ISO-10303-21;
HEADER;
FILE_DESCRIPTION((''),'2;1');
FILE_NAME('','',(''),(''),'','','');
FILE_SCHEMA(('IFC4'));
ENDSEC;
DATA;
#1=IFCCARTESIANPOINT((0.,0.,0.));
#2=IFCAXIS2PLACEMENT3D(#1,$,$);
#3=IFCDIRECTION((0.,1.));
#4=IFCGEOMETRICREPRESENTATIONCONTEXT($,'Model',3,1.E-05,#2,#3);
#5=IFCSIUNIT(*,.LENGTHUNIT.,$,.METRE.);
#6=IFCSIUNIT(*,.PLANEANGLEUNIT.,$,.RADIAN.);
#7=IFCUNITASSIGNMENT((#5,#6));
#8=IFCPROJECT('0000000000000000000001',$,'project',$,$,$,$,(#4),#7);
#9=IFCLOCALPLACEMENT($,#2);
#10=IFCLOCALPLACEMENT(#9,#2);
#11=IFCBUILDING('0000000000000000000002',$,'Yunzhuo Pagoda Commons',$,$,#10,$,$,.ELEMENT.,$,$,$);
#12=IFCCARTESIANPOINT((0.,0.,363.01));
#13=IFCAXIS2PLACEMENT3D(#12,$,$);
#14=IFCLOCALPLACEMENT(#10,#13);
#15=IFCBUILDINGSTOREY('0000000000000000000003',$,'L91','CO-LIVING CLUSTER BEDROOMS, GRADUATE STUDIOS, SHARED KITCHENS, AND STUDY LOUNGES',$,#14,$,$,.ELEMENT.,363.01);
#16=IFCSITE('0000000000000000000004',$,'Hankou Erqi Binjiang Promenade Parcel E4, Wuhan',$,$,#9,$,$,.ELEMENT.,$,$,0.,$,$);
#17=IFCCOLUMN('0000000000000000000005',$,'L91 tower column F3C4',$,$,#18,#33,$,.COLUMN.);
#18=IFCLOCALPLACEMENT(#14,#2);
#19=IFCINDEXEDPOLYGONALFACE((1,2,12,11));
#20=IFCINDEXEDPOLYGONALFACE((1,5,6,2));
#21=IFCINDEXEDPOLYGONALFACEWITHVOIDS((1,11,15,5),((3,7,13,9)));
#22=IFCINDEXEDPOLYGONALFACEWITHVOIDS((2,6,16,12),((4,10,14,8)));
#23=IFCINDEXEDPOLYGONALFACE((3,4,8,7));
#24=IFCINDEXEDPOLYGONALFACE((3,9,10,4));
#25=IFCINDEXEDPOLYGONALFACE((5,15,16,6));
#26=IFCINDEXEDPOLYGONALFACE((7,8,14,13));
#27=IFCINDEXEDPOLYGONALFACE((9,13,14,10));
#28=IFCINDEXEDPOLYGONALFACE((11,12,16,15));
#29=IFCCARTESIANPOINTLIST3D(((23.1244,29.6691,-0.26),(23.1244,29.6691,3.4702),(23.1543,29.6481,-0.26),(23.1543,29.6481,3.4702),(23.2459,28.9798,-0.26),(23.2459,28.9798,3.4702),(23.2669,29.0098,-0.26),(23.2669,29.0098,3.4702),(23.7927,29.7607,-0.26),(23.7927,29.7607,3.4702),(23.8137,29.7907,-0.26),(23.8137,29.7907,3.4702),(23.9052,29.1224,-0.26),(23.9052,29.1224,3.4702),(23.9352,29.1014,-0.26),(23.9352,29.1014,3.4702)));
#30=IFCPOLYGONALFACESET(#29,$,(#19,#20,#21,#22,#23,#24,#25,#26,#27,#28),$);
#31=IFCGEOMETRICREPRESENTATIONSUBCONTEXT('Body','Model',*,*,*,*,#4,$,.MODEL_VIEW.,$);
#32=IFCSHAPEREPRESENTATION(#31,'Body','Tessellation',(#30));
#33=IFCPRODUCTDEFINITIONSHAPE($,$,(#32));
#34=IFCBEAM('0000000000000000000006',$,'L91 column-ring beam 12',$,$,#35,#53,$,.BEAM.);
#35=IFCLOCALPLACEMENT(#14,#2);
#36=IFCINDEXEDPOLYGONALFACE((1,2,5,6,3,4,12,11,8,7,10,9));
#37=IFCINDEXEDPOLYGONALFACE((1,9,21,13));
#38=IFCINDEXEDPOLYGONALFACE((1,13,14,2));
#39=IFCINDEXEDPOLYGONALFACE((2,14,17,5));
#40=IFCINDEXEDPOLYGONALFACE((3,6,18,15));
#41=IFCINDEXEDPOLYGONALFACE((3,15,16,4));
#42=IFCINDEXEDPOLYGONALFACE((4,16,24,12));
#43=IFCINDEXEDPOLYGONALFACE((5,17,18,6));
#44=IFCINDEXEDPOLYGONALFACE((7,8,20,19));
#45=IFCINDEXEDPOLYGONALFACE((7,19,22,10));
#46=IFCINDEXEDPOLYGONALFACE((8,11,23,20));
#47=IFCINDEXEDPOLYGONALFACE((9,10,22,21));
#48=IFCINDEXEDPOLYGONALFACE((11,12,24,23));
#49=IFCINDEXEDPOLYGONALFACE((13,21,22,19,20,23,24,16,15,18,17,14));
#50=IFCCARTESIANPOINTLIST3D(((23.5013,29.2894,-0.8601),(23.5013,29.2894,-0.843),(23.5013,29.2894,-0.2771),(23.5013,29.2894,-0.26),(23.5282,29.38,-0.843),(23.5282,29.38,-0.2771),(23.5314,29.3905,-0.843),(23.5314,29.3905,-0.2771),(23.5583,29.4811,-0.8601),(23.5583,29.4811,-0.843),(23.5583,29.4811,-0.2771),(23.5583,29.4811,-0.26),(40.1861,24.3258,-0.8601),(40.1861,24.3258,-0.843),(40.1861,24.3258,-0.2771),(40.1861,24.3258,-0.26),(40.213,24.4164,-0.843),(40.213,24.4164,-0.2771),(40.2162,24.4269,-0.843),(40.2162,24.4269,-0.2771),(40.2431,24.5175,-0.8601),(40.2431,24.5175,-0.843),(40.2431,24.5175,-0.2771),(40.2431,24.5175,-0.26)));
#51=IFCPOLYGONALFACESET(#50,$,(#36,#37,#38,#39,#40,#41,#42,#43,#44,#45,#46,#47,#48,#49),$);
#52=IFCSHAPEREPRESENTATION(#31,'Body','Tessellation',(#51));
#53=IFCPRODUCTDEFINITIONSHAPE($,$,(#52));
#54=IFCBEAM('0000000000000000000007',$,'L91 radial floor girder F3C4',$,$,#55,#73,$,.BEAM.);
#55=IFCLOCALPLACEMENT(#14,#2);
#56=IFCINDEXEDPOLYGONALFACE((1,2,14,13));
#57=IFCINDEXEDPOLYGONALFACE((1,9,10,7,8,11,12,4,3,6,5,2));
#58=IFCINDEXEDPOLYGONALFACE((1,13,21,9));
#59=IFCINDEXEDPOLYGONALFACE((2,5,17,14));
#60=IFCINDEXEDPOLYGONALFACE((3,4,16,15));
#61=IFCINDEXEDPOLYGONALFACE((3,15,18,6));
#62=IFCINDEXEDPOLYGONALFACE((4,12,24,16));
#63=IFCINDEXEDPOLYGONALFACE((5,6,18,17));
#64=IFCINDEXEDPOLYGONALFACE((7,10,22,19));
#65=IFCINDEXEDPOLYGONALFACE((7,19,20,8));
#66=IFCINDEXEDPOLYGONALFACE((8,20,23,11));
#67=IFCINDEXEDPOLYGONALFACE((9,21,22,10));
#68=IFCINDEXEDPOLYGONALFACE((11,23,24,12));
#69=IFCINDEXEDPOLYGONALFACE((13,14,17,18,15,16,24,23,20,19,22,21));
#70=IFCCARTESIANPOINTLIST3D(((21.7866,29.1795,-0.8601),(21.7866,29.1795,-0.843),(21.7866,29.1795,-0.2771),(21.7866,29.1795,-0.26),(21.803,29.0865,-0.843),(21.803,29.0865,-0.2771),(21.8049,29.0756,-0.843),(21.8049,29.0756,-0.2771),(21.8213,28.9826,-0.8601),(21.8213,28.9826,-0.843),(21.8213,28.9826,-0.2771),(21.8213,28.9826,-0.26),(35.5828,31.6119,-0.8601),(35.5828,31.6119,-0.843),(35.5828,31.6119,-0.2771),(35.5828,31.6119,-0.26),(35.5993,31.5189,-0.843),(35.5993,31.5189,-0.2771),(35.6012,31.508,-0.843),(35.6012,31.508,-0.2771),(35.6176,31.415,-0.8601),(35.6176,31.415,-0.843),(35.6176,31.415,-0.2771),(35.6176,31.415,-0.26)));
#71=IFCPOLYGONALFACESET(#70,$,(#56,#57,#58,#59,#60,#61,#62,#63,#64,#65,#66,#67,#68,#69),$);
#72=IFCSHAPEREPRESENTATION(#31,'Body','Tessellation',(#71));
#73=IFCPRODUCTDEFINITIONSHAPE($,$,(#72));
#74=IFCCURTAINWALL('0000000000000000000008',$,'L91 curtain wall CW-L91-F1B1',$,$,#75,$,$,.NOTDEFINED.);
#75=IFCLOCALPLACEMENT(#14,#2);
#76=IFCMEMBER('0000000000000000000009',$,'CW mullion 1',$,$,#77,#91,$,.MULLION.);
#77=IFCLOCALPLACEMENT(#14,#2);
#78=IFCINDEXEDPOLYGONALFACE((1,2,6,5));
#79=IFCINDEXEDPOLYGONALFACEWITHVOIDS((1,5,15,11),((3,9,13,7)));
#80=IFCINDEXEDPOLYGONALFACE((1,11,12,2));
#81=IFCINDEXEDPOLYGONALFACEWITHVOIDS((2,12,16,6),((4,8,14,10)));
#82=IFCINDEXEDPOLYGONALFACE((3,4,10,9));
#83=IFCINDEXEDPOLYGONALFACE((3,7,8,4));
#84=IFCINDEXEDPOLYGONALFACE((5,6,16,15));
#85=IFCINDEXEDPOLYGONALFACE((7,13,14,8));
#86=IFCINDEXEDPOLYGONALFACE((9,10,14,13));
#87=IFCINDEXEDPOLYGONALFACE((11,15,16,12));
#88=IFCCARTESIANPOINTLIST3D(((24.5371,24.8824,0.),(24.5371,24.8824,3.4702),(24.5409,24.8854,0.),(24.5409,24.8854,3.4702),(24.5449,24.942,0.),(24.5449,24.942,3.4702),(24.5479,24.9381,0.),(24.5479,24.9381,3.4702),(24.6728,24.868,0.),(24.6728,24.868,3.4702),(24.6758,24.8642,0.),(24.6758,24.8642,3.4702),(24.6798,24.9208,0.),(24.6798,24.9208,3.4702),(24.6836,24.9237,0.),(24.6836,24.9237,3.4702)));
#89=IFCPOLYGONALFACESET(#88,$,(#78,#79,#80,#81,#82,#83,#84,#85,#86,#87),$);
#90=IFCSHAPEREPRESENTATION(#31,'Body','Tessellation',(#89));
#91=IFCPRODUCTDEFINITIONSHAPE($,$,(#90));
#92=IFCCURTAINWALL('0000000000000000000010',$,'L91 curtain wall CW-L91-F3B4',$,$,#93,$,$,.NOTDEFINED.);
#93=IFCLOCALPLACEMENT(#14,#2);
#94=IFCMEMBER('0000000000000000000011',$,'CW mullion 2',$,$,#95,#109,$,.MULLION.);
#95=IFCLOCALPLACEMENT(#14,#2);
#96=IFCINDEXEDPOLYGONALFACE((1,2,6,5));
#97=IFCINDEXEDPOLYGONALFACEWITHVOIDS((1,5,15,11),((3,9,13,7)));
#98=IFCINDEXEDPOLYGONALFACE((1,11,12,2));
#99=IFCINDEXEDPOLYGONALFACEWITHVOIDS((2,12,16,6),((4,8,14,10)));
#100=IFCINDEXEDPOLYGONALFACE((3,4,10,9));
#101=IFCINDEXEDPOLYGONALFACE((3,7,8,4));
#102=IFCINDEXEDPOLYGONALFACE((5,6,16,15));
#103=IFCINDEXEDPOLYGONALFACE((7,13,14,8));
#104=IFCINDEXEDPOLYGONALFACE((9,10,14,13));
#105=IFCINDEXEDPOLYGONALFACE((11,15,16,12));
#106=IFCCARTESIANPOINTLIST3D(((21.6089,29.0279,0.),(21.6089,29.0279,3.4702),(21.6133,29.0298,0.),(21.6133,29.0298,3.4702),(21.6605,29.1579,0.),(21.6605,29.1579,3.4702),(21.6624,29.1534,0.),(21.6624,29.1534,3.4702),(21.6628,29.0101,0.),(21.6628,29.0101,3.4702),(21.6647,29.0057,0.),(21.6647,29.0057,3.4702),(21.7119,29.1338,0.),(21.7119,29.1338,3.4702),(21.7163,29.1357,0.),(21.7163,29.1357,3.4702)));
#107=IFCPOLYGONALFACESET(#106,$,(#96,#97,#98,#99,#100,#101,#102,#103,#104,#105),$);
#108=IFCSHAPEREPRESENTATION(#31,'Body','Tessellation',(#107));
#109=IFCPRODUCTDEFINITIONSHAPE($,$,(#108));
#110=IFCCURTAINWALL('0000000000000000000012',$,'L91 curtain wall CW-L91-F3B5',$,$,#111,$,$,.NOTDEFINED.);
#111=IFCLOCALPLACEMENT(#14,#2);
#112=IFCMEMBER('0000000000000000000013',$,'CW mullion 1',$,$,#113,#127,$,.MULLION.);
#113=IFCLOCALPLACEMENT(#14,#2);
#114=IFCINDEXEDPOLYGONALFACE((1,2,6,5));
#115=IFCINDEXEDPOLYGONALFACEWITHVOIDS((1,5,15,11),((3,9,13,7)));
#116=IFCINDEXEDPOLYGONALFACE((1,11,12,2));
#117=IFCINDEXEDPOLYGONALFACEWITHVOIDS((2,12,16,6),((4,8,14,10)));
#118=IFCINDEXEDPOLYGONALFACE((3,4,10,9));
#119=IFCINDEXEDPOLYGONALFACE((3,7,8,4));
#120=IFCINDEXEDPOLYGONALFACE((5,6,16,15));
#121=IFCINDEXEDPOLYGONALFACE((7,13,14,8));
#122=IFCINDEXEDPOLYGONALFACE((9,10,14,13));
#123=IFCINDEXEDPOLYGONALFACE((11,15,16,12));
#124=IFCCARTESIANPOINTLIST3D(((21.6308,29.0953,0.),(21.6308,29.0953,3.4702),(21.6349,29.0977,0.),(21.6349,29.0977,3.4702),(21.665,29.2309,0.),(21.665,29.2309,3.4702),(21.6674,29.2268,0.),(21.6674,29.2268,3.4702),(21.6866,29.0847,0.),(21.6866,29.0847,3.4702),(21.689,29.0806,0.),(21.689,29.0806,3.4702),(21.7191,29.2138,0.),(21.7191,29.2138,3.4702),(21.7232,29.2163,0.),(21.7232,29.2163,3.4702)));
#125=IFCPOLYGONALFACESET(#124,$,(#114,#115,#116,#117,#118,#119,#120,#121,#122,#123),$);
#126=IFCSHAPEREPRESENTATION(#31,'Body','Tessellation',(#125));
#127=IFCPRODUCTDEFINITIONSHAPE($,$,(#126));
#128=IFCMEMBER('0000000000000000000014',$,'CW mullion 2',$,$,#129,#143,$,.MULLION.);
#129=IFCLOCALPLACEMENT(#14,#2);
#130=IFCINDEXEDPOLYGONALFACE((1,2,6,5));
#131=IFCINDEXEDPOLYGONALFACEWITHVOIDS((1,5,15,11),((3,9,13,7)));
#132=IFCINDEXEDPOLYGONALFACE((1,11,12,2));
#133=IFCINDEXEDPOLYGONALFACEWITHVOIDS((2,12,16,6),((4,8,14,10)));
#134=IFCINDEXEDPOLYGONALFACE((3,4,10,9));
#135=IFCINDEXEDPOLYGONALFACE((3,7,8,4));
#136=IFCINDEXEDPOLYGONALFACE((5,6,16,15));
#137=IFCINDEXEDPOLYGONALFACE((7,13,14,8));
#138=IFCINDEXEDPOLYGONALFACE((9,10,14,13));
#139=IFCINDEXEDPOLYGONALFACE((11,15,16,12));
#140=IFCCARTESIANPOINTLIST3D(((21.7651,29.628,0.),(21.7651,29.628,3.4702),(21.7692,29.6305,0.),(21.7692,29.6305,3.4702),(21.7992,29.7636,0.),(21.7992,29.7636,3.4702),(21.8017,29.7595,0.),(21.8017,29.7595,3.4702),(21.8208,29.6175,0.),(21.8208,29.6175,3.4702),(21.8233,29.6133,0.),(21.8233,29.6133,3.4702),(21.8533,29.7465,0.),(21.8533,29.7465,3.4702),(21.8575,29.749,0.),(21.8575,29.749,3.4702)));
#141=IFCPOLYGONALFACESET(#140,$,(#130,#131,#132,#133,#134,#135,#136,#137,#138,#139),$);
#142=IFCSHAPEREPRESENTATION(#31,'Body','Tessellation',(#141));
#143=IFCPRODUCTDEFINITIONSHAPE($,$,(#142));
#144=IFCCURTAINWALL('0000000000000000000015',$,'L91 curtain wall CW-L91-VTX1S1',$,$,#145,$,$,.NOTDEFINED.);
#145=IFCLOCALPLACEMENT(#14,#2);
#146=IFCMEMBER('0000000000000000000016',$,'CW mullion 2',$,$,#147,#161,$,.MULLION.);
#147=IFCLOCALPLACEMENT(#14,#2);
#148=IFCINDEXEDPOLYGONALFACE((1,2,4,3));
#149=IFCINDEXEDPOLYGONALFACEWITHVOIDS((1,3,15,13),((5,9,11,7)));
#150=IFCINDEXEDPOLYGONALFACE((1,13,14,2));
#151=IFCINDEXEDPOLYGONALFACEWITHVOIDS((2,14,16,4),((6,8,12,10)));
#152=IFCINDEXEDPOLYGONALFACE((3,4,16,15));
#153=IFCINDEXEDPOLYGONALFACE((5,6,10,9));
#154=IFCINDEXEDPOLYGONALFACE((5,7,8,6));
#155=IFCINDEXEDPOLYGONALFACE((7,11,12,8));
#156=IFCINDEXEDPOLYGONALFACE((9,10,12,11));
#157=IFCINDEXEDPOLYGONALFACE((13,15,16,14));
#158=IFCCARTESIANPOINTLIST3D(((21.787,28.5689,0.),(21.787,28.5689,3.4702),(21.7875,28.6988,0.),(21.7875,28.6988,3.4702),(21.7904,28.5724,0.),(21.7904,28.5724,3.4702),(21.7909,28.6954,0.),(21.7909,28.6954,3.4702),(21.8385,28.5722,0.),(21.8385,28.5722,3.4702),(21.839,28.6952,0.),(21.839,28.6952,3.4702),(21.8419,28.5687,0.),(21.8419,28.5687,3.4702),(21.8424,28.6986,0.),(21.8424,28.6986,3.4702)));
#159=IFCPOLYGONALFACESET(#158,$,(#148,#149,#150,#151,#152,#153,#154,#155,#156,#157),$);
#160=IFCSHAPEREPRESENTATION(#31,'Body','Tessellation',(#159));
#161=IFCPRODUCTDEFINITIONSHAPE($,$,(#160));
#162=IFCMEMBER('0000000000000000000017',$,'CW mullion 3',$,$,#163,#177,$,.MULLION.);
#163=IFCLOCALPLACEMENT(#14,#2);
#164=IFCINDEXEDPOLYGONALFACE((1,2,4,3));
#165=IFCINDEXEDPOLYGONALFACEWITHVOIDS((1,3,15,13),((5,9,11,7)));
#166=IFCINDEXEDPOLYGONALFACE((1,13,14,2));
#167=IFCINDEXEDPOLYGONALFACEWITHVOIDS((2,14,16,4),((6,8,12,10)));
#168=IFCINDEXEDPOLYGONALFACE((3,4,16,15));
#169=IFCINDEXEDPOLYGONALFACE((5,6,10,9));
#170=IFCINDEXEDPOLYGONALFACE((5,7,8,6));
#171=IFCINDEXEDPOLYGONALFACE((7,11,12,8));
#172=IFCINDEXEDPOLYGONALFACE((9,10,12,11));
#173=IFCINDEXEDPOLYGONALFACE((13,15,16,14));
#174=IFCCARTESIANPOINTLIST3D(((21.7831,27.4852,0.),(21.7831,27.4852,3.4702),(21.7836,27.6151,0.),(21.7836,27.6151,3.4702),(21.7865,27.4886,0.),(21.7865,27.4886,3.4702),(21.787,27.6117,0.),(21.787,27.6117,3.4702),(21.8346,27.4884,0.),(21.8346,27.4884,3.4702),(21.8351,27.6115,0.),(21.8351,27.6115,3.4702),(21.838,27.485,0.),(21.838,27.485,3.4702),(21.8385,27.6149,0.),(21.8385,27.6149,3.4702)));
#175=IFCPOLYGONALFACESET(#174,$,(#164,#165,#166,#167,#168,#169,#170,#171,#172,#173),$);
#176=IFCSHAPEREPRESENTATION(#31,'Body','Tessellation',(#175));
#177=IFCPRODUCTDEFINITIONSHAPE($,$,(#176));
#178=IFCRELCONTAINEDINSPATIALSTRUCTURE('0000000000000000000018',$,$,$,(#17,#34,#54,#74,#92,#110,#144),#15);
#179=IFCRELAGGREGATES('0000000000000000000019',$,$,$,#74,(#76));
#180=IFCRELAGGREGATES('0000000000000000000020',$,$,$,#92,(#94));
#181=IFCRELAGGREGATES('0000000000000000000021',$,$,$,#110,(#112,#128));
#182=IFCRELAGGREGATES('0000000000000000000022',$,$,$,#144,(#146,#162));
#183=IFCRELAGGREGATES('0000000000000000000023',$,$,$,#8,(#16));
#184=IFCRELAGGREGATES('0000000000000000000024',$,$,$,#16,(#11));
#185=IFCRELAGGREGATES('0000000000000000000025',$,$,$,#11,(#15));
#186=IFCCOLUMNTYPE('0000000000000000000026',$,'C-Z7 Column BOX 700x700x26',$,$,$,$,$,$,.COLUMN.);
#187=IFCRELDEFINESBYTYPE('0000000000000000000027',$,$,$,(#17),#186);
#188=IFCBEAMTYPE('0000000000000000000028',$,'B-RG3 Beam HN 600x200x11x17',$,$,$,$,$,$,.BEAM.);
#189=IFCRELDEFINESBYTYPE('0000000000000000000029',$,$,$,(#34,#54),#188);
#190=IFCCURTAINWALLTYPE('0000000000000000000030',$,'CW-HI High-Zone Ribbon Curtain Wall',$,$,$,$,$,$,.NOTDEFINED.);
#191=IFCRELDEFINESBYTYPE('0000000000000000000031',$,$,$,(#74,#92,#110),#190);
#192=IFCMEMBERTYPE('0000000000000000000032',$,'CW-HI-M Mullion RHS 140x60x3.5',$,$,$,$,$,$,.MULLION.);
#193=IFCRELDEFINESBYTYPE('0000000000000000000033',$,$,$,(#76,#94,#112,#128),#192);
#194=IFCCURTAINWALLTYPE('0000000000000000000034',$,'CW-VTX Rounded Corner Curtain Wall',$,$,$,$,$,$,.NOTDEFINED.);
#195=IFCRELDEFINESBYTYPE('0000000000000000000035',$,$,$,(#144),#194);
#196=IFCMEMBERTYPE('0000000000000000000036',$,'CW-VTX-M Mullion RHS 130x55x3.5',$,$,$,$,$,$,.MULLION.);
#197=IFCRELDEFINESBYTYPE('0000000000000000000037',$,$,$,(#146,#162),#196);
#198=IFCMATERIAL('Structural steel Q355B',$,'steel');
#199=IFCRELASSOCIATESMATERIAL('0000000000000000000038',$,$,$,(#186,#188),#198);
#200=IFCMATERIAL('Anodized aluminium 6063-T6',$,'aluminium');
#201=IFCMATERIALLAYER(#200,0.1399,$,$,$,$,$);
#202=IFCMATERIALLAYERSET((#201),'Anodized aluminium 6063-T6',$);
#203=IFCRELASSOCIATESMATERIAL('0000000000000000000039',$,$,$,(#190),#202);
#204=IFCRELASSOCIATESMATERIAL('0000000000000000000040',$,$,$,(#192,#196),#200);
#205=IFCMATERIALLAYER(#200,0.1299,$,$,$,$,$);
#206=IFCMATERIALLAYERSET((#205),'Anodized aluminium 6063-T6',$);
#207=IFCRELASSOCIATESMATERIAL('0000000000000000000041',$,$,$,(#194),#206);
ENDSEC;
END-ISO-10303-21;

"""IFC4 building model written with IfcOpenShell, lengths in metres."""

from ifc_helpers import new_model, si_unit, direction, frame, origin, origin_2d, place, context, subcontext, project, spatial, hollow_rectangle, i_section, extrude, source, transform, mapped, material, layer, layer_set, material_profile, profile_set, type_object, element, aggregate, save


model = new_model("IFC4")

# Units and contexts
model_context = context("Model", 3, precision=1e-05, world=origin(), true_north=direction((0.0, 1.0)))
body_context = subcontext(model_context, "Body", "Model", "MODEL_VIEW")
ifc_project = project(units=[si_unit("LENGTHUNIT", "METRE"), si_unit("PLANEANGLEUNIT", "RADIAN")], contexts=[model_context])

# Site, building, storey
site_placement = place(None, origin())
site = spatial("IfcSite", under=ifc_project, at=site_placement, Name="Hankou Erqi Binjiang Promenade Parcel E4, Wuhan", CompositionType="ELEMENT", RefElevation=0.0)
building_placement = place(site_placement, origin())
building = spatial("IfcBuilding", under=site, at=building_placement, Name="Yunzhuo Pagoda Commons", CompositionType="ELEMENT")
storey_placement = place(building_placement, frame((0.0, 0.0, 363.01)))
storey = spatial("IfcBuildingStorey", under=building, at=storey_placement, Name="L91", Description="CO-LIVING CLUSTER BEDROOMS, GRADUATE STUDIOS, SHARED KITCHENS, AND STUDY LOUNGES", CompositionType="ELEMENT", Elevation=363.01)

# Column
ifc_material_1 = material(Name="Structural steel Q355B", Category="steel")
ifc_material_profile_1 = material_profile(ifc_material_1, hollow_rectangle(XDim=0.7, YDim=0.7, WallThickness=0.0259, at=origin_2d()), Name="Structural steel Q355B")
ifc_profile_set_1 = profile_set([ifc_material_profile_1], Name="Structural steel Q355B")
column_type = type_object("IfcColumnType", Name="C-Z7 Column BOX 700x700x26", PredefinedType="COLUMN", material=ifc_profile_set_1)
shared_shape_1 = source(origin(), body_context, "Body", "SweptSolid", [
    extrude(hollow_rectangle(XDim=0.7, YDim=0.7, WallThickness=0.0259, at=origin_2d()), origin(), (0.0, 0.0, 1.0), 3.7302),
])
column_placement = place(storey_placement, frame((23.5298, 29.3853, -0.26), z_axis=(0.0, 0.0, 1.0), x_axis=(0.173648, -0.984808, 0.0)))
element("IfcColumn", 1, at=column_placement, inside=storey, type_object=column_type, Name="L91 tower column F3C4", PredefinedType="COLUMN", context=body_context, shape_type="MappedRepresentation", body=[
    mapped(shared_shape_1, transform((0.0, 0.0, 0.0), scale=1.0)),
])

# Beams
ifc_material_profile_2 = material_profile(ifc_material_1, i_section(OverallWidth=0.2, OverallDepth=0.6001, WebThickness=0.011, FlangeThickness=0.0171, at=origin_2d()), Name="Structural steel Q355B")
ifc_profile_set_2 = profile_set([ifc_material_profile_2], Name="Structural steel Q355B")
beam_type = type_object("IfcBeamType", Name="B-RG3 Beam HN 600x200x11x17", PredefinedType="BEAM", material=ifc_profile_set_2)
shared_shape_2 = source(origin(), body_context, "Body", "SweptSolid", [
    extrude(i_section(OverallWidth=0.2, OverallDepth=0.6001, WebThickness=0.011, FlangeThickness=0.0171, at=origin_2d()), origin(), (0.0, 0.0, 1.0), 17.4075),
])
beam_1_placement = place(storey_placement, frame((23.5298, 29.3853, -0.5601), z_axis=(0.958485, -0.285143, 0.0), x_axis=(0.285143, 0.958485, 0.0)))
element("IfcBeam", 2, at=beam_1_placement, inside=storey, type_object=beam_type, Name="L91 column-ring beam 12", PredefinedType="BEAM", context=body_context, shape_type="MappedRepresentation", body=[
    mapped(shared_shape_2, transform((0.0, 0.0, 0.0), scale=1.0)),
])
shared_shape_3 = source(origin(), body_context, "Body", "SweptSolid", [
    extrude(i_section(OverallWidth=0.2, OverallDepth=0.6001, WebThickness=0.011, FlangeThickness=0.0171, at=origin_2d()), origin(), (0.0, 0.0, 1.0), 14.009),
])
beam_2_placement = place(storey_placement, frame((21.804, 29.0811, -0.5601), z_axis=(0.984811, 0.17363, 0.0), x_axis=(-0.17363, 0.984811, 0.0)))
element("IfcBeam", 3, at=beam_2_placement, inside=storey, type_object=beam_type, Name="L91 radial floor girder F3C4", PredefinedType="BEAM", context=body_context, shape_type="MappedRepresentation", body=[
    mapped(shared_shape_3, transform((0.0, 0.0, 0.0), scale=1.0)),
])

# Curtain walls, members
ifc_material_2 = material(Name="Anodized aluminium 6063-T6", Category="aluminium")
ifc_layer_1 = layer(ifc_material_2, 0.1399)
ifc_layer_set_1 = layer_set([ifc_layer_1], Name="Anodized aluminium 6063-T6")
curtain_wall_type_1 = type_object("IfcCurtainWallType", Name="CW-HI High-Zone Ribbon Curtain Wall", PredefinedType="NOTDEFINED", material=ifc_layer_set_1)
curtain_wall_1_placement = place(storey_placement, origin())
curtain_wall_1 = element("IfcCurtainWall", 4, at=curtain_wall_1_placement, inside=storey, type_object=curtain_wall_type_1, Name="L91 curtain wall CW-L91-F1B1", PredefinedType="NOTDEFINED")
ifc_material_profile_3 = material_profile(ifc_material_2, hollow_rectangle(XDim=0.0601, YDim=0.1399, WallThickness=0.0034, at=origin_2d()), Name="Anodized aluminium 6063-T6")
ifc_profile_set_3 = profile_set([ifc_material_profile_3], Name="Anodized aluminium 6063-T6")
member_type_1 = type_object("IfcMemberType", Name="CW-HI-M Mullion RHS 140x60x3.5", PredefinedType="MULLION", material=ifc_profile_set_3)
shared_shape_4 = source(origin(), body_context, "Body", "SweptSolid", [
    extrude(hollow_rectangle(XDim=0.0601, YDim=0.1399, WallThickness=0.0034, at=origin_2d()), origin(), (0.0, 0.0, 1.0), 3.4702),
])
member_1_placement = place(storey_placement, frame((24.6104, 24.9031, 0.0), z_axis=(0.0, 0.0, 1.0), x_axis=(0.130506, 0.991448, 0.0)))
member_1 = element("IfcMember", 5, at=member_1_placement, type_object=member_type_1, Name="CW mullion 1", PredefinedType="MULLION", context=body_context, shape_type="MappedRepresentation", body=[
    mapped(shared_shape_4, transform((0.0, 0.0, 0.0), scale=1.0)),
])
aggregate(curtain_wall_1, [member_1])
curtain_wall_2_placement = place(storey_placement, origin())
curtain_wall_2 = element("IfcCurtainWall", 6, at=curtain_wall_2_placement, inside=storey, type_object=curtain_wall_type_1, Name="L91 curtain wall CW-L91-F3B4", PredefinedType="NOTDEFINED")
member_2_placement = place(storey_placement, frame((21.6626, 29.0818, 0.0), z_axis=(0.0, 0.0, 1.0), x_axis=(0.929441, -0.36897, 0.0)))
member_2 = element("IfcMember", 7, at=member_2_placement, type_object=member_type_1, Name="CW mullion 2", PredefinedType="MULLION", context=body_context, shape_type="MappedRepresentation", body=[
    mapped(shared_shape_4, transform((0.0, 0.0, 0.0), scale=1.0)),
])
aggregate(curtain_wall_2, [member_2])

# Curtain walls, members
curtain_wall_3_placement = place(storey_placement, origin())
curtain_wall_3 = element("IfcCurtainWall", 8, at=curtain_wall_3_placement, inside=storey, type_object=curtain_wall_type_1, Name="L91 curtain wall CW-L91-F3B5", PredefinedType="NOTDEFINED")
member_3_placement = place(storey_placement, frame((21.677, 29.1558, 0.0), z_axis=(0.0, 0.0, 1.0), x_axis=(-0.969716, 0.244235, 0.0)))
member_3 = element("IfcMember", 9, at=member_3_placement, type_object=member_type_1, Name="CW mullion 1", PredefinedType="MULLION", context=body_context, shape_type="MappedRepresentation", body=[
    mapped(shared_shape_4, transform((0.0, 0.0, 0.0), scale=1.0)),
])
member_4_placement = place(storey_placement, frame((21.8113, 29.6885, 0.0), z_axis=(0.0, 0.0, 1.0), x_axis=(-0.969716, 0.244235, 0.0)))
member_4 = element("IfcMember", 10, at=member_4_placement, type_object=member_type_1, Name="CW mullion 2", PredefinedType="MULLION", context=body_context, shape_type="MappedRepresentation", body=[
    mapped(shared_shape_4, transform((0.0, 0.0, 0.0), scale=1.0)),
])
ifc_layer_2 = layer(ifc_material_2, 0.1299)
ifc_layer_set_2 = layer_set([ifc_layer_2], Name="Anodized aluminium 6063-T6")
curtain_wall_type_2 = type_object("IfcCurtainWallType", Name="CW-VTX Rounded Corner Curtain Wall", PredefinedType="NOTDEFINED", material=ifc_layer_set_2)
curtain_wall_4_placement = place(storey_placement, origin())
curtain_wall_4 = element("IfcCurtainWall", 11, at=curtain_wall_4_placement, inside=storey, type_object=curtain_wall_type_2, Name="L91 curtain wall CW-L91-VTX1S1", PredefinedType="NOTDEFINED")
ifc_material_profile_4 = material_profile(ifc_material_2, hollow_rectangle(XDim=0.0549, YDim=0.1299, WallThickness=0.0034, at=origin_2d()), Name="Anodized aluminium 6063-T6")
ifc_profile_set_4 = profile_set([ifc_material_profile_4], Name="Anodized aluminium 6063-T6")
member_type_2 = type_object("IfcMemberType", Name="CW-VTX-M Mullion RHS 130x55x3.5", PredefinedType="MULLION", material=ifc_profile_set_4)
shared_shape_5 = source(origin(), body_context, "Body", "SweptSolid", [
    extrude(hollow_rectangle(XDim=0.0549, YDim=0.1299, WallThickness=0.0034, at=origin_2d()), origin(), (0.0, 0.0, 1.0), 3.4702),
])
member_5_placement = place(storey_placement, frame((21.8147, 28.6338, 0.0), z_axis=(0.0, 0.0, 1.0), x_axis=(0.999994, -0.003599, 0.0)))
member_5 = element("IfcMember", 12, at=member_5_placement, type_object=member_type_2, Name="CW mullion 2", PredefinedType="MULLION", context=body_context, shape_type="MappedRepresentation", body=[
    mapped(shared_shape_5, transform((0.0, 0.0, 0.0), scale=1.0)),
])
member_6_placement = place(storey_placement, frame((21.8108, 27.55, 0.0), z_axis=(0.0, 0.0, 1.0), x_axis=(0.999994, -0.003599, 0.0)))
member_6 = element("IfcMember", 13, at=member_6_placement, type_object=member_type_2, Name="CW mullion 3", PredefinedType="MULLION", context=body_context, shape_type="MappedRepresentation", body=[
    mapped(shared_shape_5, transform((0.0, 0.0, 0.0), scale=1.0)),
])

aggregate(curtain_wall_3, [member_3, member_4])
aggregate(curtain_wall_4, [member_5, member_6])

save(model, "model.ifc")
